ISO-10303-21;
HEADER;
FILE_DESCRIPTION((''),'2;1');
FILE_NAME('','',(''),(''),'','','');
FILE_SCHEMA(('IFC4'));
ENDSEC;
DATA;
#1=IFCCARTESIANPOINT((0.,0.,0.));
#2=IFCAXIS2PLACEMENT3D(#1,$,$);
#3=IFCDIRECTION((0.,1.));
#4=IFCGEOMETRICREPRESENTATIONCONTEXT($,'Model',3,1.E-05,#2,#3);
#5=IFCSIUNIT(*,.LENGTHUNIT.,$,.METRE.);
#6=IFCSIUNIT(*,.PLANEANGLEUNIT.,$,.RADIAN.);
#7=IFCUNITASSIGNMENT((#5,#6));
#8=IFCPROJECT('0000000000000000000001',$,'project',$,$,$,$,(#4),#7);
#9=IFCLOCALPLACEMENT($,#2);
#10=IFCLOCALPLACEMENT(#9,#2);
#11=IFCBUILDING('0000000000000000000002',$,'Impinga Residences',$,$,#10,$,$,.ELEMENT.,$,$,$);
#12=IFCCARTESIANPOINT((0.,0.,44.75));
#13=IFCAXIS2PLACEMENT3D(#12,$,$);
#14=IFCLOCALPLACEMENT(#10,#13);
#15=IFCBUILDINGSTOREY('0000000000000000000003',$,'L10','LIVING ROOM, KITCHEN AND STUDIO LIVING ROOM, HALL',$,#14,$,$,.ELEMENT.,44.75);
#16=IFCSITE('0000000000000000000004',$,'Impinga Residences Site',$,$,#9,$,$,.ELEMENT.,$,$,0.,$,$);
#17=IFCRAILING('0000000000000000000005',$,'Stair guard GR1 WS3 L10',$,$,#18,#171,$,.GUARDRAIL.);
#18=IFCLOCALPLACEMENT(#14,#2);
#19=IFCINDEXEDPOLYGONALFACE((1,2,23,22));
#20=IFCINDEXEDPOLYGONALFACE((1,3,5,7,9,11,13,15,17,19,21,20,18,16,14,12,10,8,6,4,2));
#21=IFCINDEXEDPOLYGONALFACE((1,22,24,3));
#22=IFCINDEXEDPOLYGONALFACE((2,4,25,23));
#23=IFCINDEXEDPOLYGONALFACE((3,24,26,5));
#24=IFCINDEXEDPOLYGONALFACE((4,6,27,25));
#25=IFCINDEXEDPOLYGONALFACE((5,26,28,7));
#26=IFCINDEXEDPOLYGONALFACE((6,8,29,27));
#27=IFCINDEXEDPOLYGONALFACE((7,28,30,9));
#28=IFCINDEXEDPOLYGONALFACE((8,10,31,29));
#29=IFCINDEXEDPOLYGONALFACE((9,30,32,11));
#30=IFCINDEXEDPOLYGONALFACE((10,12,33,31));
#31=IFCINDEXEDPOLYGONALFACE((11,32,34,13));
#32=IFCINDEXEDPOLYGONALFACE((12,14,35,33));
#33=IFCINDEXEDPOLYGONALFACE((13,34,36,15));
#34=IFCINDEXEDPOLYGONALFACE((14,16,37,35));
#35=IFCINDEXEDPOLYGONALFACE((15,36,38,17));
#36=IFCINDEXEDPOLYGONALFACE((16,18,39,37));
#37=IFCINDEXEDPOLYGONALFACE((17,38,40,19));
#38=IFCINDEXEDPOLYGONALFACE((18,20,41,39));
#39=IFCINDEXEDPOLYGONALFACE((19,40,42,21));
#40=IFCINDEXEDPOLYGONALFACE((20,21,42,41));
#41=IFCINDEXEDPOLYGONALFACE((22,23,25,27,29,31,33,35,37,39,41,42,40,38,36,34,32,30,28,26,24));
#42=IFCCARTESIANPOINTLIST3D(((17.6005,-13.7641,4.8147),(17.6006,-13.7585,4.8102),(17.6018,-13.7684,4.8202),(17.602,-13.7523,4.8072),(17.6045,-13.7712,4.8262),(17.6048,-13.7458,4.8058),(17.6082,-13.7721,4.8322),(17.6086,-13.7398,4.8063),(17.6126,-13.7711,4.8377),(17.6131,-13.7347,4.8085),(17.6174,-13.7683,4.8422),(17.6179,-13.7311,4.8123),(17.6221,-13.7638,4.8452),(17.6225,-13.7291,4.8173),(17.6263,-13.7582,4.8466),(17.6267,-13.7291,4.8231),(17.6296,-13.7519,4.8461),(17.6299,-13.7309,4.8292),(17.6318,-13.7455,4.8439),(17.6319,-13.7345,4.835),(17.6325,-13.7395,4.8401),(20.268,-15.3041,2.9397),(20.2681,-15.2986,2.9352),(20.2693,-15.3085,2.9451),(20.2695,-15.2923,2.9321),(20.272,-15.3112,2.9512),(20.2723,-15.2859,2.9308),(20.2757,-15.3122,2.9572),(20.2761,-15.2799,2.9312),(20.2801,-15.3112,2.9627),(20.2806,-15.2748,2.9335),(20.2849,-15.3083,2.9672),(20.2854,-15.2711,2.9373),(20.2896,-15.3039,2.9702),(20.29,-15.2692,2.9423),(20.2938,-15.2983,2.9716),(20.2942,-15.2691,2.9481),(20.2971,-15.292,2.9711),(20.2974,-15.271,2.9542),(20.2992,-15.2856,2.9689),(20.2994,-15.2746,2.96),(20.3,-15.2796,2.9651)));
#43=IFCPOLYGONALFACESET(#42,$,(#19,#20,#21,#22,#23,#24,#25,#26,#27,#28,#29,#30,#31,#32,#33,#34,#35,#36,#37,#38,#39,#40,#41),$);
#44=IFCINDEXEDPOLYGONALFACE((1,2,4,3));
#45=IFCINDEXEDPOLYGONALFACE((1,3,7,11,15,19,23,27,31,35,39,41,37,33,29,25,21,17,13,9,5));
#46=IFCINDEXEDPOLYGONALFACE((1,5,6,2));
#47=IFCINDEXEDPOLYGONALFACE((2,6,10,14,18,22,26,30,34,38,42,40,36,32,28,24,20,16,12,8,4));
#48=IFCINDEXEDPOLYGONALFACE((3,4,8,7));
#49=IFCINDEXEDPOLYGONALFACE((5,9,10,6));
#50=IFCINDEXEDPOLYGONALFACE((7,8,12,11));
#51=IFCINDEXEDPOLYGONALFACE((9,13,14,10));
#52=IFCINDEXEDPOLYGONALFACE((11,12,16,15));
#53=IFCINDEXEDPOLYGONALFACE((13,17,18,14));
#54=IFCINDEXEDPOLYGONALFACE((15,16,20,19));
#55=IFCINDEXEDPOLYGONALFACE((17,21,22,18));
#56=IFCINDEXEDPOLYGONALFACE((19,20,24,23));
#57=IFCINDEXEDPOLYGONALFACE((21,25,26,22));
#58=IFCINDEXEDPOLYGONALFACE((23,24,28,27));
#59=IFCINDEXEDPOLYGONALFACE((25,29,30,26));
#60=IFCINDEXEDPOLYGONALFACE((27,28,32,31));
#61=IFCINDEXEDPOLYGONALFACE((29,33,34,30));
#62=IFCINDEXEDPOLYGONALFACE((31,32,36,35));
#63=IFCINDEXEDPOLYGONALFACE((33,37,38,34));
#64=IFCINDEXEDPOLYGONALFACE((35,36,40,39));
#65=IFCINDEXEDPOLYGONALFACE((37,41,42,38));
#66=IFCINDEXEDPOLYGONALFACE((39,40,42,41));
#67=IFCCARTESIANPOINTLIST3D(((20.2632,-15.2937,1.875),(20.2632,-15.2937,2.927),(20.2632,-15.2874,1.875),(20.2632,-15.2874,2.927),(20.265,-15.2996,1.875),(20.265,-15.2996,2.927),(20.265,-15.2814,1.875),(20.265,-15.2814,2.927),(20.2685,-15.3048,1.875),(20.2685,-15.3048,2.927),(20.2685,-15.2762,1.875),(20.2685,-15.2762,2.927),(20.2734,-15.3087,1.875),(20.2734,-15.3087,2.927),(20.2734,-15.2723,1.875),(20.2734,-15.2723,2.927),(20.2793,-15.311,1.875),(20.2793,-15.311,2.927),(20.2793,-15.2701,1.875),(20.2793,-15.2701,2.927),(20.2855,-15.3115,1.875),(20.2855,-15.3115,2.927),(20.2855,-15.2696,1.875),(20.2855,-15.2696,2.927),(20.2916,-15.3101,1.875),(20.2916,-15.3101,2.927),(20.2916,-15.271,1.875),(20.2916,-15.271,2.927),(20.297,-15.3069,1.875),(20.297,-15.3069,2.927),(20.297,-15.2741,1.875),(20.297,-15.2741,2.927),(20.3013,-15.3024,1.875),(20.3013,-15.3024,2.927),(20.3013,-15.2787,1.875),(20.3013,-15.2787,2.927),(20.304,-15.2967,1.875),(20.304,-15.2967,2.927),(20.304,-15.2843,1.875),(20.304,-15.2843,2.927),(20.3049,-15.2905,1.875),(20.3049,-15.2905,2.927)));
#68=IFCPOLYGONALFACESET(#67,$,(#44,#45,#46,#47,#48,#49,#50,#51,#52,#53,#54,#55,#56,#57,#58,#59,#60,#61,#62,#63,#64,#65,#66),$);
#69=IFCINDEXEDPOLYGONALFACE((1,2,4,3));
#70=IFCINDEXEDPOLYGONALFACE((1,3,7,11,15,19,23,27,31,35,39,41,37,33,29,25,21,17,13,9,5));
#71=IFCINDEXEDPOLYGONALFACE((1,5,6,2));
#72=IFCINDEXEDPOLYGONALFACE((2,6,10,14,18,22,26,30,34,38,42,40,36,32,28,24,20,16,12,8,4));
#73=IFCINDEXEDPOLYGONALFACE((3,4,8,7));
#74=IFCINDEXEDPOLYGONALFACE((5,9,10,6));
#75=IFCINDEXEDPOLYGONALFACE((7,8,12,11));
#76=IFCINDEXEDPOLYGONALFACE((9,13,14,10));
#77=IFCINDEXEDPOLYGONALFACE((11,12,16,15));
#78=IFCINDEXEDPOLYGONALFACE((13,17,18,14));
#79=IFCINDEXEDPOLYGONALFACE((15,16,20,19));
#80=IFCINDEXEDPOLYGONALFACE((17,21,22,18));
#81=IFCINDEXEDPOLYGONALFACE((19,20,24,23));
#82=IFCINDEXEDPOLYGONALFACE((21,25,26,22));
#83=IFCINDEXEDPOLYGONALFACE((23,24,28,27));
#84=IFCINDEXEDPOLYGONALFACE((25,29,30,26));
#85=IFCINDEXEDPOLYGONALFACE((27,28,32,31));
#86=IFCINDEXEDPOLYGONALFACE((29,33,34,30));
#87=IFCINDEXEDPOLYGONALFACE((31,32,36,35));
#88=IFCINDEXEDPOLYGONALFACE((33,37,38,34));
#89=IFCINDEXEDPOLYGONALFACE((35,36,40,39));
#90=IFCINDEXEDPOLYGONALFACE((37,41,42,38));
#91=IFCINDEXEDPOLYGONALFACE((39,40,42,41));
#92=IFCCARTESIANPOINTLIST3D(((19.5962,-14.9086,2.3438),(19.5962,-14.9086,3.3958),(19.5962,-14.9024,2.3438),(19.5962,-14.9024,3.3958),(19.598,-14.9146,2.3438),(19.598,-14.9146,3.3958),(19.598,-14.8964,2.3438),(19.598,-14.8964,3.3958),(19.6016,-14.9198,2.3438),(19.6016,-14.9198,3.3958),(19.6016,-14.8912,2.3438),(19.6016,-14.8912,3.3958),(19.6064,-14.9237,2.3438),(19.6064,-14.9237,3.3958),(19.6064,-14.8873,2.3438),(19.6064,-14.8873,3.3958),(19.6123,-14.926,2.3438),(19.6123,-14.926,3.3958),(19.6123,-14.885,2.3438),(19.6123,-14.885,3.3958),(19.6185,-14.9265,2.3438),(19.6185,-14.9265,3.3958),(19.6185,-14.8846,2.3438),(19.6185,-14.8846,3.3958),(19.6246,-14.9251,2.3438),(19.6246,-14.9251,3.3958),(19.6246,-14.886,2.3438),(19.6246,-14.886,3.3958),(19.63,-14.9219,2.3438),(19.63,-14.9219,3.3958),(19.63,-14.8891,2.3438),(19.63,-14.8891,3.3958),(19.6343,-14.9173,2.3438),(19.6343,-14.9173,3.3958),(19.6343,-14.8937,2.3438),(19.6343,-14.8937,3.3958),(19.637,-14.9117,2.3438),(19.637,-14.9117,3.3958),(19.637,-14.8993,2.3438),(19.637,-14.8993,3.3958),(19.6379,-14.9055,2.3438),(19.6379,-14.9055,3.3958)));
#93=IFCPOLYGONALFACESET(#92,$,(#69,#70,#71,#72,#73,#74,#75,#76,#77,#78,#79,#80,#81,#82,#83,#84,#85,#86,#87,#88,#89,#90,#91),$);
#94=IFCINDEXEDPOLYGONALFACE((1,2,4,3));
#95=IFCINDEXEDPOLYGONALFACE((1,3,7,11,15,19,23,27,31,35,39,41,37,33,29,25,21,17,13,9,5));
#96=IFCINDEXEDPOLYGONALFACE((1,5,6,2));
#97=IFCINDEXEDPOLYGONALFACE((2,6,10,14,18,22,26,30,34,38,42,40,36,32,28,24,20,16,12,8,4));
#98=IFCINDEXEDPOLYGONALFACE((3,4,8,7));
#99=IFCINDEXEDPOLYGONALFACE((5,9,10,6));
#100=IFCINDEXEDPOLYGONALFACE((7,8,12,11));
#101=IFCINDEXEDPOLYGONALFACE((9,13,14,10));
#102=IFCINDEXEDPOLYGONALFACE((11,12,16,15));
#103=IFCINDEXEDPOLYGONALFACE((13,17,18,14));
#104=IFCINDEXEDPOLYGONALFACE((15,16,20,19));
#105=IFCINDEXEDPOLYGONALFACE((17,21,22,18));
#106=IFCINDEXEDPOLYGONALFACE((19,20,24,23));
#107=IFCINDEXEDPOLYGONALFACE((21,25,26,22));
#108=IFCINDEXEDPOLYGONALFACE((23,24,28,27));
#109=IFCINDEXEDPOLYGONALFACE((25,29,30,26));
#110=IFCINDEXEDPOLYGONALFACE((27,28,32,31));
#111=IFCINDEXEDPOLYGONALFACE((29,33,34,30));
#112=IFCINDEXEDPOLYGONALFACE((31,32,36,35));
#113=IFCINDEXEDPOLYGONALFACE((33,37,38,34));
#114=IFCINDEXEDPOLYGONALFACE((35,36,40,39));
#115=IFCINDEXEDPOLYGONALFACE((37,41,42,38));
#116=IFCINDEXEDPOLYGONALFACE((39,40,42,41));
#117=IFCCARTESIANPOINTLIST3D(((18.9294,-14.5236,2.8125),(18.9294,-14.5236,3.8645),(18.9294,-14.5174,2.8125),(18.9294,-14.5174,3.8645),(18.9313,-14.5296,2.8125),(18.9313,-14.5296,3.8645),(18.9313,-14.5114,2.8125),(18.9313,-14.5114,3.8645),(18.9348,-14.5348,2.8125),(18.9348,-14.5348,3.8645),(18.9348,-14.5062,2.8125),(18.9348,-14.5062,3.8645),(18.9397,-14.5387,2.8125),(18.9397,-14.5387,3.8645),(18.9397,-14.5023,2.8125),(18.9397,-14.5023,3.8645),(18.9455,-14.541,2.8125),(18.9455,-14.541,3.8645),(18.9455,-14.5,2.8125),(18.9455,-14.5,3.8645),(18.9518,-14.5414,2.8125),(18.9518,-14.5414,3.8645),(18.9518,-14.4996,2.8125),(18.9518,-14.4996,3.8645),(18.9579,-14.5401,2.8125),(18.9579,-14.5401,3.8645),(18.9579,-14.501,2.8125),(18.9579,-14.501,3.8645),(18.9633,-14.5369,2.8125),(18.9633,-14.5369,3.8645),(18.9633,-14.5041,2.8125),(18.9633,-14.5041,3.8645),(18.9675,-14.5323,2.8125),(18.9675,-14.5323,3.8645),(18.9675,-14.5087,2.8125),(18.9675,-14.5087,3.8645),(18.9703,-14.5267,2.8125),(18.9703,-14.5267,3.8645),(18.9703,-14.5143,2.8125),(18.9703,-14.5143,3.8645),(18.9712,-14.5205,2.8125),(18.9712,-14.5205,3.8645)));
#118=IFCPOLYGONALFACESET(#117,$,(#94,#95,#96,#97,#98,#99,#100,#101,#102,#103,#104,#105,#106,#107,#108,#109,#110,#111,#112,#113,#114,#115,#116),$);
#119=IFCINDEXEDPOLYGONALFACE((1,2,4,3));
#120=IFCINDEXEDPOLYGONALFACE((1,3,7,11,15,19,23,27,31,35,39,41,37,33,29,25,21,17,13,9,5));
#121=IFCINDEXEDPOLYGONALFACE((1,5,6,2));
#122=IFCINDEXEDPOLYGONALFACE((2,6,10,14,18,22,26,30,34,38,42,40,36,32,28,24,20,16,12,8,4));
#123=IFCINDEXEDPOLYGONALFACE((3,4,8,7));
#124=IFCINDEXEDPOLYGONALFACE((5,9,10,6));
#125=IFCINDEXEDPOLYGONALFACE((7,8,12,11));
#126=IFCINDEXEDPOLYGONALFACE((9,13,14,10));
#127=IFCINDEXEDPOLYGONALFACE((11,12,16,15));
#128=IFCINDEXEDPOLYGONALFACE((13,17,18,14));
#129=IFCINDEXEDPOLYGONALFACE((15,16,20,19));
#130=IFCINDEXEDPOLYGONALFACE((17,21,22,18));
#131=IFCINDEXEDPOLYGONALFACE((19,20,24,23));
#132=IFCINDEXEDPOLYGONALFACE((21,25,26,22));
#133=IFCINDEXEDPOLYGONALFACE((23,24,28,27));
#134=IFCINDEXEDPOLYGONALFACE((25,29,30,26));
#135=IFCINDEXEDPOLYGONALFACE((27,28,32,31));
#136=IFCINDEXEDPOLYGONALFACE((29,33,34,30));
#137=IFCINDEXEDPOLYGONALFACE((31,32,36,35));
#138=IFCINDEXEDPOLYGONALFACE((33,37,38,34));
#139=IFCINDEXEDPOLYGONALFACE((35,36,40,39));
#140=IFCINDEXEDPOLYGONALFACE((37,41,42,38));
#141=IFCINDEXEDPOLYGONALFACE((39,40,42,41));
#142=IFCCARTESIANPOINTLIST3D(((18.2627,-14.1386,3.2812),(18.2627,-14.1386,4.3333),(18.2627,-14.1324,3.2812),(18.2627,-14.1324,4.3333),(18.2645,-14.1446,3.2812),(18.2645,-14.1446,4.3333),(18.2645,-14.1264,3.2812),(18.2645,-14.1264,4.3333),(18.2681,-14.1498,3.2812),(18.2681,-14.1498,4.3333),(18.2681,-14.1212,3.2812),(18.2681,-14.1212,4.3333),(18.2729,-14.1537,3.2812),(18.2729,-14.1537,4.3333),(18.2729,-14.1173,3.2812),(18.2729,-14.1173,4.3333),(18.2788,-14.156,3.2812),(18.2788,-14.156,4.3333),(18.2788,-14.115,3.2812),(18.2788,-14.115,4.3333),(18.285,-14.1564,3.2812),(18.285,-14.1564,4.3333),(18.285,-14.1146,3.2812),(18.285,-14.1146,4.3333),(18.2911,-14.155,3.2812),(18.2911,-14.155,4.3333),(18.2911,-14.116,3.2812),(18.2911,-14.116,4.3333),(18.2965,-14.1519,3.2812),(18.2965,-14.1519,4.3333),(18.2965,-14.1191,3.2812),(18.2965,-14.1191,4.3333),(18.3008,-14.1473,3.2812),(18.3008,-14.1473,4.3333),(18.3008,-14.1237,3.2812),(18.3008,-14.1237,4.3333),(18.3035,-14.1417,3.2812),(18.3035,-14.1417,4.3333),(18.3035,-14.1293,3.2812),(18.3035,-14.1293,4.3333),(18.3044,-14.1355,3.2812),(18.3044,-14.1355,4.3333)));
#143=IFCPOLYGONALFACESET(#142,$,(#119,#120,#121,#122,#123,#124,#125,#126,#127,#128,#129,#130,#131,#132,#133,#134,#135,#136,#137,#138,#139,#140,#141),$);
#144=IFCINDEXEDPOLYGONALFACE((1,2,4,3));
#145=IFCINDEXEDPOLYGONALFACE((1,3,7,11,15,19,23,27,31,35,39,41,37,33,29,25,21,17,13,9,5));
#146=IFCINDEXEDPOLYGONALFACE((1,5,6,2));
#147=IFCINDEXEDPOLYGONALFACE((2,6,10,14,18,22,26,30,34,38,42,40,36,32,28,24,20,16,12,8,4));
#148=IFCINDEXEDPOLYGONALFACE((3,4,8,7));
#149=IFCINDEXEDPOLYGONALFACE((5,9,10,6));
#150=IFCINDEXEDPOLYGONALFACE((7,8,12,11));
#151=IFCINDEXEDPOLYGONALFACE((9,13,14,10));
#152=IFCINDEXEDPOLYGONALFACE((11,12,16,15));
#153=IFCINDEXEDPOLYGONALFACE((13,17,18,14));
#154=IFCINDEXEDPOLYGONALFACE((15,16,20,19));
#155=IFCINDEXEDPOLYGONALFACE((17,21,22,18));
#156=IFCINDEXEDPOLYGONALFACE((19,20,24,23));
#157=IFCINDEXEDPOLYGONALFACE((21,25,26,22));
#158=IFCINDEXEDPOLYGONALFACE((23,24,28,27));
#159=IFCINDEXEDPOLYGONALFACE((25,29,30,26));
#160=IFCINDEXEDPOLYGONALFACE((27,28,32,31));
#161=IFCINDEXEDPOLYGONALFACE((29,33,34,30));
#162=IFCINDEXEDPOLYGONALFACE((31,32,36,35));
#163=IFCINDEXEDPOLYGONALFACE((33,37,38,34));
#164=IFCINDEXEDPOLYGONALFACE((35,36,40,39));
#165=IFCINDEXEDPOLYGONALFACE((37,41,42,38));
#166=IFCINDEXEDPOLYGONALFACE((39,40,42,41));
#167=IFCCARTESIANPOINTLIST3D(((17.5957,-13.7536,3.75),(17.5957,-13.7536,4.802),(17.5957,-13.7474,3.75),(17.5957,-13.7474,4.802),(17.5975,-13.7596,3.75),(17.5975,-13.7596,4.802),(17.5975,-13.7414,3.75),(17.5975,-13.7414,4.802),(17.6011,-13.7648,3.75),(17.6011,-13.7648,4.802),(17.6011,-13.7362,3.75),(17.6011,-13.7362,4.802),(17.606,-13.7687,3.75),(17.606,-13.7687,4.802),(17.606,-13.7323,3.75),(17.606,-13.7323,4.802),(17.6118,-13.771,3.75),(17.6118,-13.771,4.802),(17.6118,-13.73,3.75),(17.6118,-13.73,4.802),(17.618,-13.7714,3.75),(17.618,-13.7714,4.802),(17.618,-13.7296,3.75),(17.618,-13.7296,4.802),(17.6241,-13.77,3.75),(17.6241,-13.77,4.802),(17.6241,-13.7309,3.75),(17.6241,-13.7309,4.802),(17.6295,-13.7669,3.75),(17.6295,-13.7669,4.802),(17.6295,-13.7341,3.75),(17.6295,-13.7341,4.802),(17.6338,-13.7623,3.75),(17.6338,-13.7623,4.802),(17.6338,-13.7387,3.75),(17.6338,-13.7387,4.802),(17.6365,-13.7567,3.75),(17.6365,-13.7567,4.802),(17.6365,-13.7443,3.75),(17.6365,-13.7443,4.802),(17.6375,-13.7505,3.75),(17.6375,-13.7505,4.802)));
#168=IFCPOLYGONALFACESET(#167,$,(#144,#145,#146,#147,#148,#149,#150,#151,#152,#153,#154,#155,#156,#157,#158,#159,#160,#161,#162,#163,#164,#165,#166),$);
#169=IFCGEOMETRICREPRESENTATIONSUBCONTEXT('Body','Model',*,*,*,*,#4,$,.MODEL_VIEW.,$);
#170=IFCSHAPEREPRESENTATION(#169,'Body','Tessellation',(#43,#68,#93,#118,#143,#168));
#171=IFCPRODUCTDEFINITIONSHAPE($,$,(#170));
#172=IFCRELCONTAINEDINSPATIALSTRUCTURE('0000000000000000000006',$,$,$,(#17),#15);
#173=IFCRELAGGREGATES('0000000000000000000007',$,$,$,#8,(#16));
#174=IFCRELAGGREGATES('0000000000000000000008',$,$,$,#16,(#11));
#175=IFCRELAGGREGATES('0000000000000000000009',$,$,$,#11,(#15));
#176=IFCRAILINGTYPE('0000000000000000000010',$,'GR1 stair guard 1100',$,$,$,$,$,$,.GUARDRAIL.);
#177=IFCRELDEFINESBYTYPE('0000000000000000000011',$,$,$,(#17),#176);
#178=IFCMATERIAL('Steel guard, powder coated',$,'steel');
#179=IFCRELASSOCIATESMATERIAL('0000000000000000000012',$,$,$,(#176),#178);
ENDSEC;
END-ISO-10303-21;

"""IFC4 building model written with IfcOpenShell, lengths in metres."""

from ifc_helpers import new_model, si_unit, direction, frame, origin, origin_2d, place, context, subcontext, project, spatial, circle, extrude, material, type_object, element, save


model = new_model("IFC4")

# Units and contexts
model_context = context("Model", 3, precision=1e-05, world=origin(), true_north=direction((0.0, 1.0)))
body_context = subcontext(model_context, "Body", "Model", "MODEL_VIEW")
ifc_project = project(units=[si_unit("LENGTHUNIT", "METRE"), si_unit("PLANEANGLEUNIT", "RADIAN")], contexts=[model_context])

# Site, building, storey
site_placement = place(None, origin())
site = spatial("IfcSite", under=ifc_project, at=site_placement, Name="Impinga Residences Site", CompositionType="ELEMENT", RefElevation=0.0)
building_placement = place(site_placement, origin())
building = spatial("IfcBuilding", under=site, at=building_placement, Name="Impinga Residences", CompositionType="ELEMENT")
storey_placement = place(building_placement, frame((0.0, 0.0, 44.75)))
storey = spatial("IfcBuildingStorey", under=building, at=storey_placement, Name="L10", Description="LIVING ROOM, KITCHEN AND STUDIO LIVING ROOM, HALL", CompositionType="ELEMENT", Elevation=44.75)

# Railing
ifc_material_1 = material(Name="Steel guard, powder coated", Category="steel")
railing_type = type_object("IfcRailingType", Name="GR1 stair guard 1100", PredefinedType="GUARDRAIL", material=ifc_material_1)
railing_placement = place(storey_placement, frame((20.2839, -15.2905, 1.875)))
element("IfcRailing", 1, at=railing_placement, inside=storey, type_object=railing_type, Name="Stair guard GR1 WS3 L10", PredefinedType="GUARDRAIL", context=body_context, shape_type="SweptSolid", body=[
    extrude(circle(Radius=0.0239, at=origin_2d()), frame((0.0, 0.0, 1.0762), z_axis=(-0.739746, 0.427084, 0.519975), x_axis=(-0.499992, -0.86603, 0.0)), (0.0, 0.0, 1.0), 3.606),
    extrude(circle(Radius=0.021, at=origin_2d()), origin(), (0.0, 0.0, 1.0), 1.052),
    extrude(circle(Radius=0.021, at=origin_2d()), frame((-0.667, 0.385, 0.4688)), (0.0, 0.0, 1.0), 1.052),
    extrude(circle(Radius=0.021, at=origin_2d()), frame((-1.3337, 0.77, 0.9375)), (0.0, 0.0, 1.0), 1.052),
    extrude(circle(Radius=0.021, at=origin_2d()), frame((-2.0005, 1.155, 1.4062)), (0.0, 0.0, 1.0), 1.052),
    extrude(circle(Radius=0.021, at=origin_2d()), frame((-2.6675, 1.54, 1.875)), (0.0, 0.0, 1.0), 1.052),
])

save(model, "model.ifc")
